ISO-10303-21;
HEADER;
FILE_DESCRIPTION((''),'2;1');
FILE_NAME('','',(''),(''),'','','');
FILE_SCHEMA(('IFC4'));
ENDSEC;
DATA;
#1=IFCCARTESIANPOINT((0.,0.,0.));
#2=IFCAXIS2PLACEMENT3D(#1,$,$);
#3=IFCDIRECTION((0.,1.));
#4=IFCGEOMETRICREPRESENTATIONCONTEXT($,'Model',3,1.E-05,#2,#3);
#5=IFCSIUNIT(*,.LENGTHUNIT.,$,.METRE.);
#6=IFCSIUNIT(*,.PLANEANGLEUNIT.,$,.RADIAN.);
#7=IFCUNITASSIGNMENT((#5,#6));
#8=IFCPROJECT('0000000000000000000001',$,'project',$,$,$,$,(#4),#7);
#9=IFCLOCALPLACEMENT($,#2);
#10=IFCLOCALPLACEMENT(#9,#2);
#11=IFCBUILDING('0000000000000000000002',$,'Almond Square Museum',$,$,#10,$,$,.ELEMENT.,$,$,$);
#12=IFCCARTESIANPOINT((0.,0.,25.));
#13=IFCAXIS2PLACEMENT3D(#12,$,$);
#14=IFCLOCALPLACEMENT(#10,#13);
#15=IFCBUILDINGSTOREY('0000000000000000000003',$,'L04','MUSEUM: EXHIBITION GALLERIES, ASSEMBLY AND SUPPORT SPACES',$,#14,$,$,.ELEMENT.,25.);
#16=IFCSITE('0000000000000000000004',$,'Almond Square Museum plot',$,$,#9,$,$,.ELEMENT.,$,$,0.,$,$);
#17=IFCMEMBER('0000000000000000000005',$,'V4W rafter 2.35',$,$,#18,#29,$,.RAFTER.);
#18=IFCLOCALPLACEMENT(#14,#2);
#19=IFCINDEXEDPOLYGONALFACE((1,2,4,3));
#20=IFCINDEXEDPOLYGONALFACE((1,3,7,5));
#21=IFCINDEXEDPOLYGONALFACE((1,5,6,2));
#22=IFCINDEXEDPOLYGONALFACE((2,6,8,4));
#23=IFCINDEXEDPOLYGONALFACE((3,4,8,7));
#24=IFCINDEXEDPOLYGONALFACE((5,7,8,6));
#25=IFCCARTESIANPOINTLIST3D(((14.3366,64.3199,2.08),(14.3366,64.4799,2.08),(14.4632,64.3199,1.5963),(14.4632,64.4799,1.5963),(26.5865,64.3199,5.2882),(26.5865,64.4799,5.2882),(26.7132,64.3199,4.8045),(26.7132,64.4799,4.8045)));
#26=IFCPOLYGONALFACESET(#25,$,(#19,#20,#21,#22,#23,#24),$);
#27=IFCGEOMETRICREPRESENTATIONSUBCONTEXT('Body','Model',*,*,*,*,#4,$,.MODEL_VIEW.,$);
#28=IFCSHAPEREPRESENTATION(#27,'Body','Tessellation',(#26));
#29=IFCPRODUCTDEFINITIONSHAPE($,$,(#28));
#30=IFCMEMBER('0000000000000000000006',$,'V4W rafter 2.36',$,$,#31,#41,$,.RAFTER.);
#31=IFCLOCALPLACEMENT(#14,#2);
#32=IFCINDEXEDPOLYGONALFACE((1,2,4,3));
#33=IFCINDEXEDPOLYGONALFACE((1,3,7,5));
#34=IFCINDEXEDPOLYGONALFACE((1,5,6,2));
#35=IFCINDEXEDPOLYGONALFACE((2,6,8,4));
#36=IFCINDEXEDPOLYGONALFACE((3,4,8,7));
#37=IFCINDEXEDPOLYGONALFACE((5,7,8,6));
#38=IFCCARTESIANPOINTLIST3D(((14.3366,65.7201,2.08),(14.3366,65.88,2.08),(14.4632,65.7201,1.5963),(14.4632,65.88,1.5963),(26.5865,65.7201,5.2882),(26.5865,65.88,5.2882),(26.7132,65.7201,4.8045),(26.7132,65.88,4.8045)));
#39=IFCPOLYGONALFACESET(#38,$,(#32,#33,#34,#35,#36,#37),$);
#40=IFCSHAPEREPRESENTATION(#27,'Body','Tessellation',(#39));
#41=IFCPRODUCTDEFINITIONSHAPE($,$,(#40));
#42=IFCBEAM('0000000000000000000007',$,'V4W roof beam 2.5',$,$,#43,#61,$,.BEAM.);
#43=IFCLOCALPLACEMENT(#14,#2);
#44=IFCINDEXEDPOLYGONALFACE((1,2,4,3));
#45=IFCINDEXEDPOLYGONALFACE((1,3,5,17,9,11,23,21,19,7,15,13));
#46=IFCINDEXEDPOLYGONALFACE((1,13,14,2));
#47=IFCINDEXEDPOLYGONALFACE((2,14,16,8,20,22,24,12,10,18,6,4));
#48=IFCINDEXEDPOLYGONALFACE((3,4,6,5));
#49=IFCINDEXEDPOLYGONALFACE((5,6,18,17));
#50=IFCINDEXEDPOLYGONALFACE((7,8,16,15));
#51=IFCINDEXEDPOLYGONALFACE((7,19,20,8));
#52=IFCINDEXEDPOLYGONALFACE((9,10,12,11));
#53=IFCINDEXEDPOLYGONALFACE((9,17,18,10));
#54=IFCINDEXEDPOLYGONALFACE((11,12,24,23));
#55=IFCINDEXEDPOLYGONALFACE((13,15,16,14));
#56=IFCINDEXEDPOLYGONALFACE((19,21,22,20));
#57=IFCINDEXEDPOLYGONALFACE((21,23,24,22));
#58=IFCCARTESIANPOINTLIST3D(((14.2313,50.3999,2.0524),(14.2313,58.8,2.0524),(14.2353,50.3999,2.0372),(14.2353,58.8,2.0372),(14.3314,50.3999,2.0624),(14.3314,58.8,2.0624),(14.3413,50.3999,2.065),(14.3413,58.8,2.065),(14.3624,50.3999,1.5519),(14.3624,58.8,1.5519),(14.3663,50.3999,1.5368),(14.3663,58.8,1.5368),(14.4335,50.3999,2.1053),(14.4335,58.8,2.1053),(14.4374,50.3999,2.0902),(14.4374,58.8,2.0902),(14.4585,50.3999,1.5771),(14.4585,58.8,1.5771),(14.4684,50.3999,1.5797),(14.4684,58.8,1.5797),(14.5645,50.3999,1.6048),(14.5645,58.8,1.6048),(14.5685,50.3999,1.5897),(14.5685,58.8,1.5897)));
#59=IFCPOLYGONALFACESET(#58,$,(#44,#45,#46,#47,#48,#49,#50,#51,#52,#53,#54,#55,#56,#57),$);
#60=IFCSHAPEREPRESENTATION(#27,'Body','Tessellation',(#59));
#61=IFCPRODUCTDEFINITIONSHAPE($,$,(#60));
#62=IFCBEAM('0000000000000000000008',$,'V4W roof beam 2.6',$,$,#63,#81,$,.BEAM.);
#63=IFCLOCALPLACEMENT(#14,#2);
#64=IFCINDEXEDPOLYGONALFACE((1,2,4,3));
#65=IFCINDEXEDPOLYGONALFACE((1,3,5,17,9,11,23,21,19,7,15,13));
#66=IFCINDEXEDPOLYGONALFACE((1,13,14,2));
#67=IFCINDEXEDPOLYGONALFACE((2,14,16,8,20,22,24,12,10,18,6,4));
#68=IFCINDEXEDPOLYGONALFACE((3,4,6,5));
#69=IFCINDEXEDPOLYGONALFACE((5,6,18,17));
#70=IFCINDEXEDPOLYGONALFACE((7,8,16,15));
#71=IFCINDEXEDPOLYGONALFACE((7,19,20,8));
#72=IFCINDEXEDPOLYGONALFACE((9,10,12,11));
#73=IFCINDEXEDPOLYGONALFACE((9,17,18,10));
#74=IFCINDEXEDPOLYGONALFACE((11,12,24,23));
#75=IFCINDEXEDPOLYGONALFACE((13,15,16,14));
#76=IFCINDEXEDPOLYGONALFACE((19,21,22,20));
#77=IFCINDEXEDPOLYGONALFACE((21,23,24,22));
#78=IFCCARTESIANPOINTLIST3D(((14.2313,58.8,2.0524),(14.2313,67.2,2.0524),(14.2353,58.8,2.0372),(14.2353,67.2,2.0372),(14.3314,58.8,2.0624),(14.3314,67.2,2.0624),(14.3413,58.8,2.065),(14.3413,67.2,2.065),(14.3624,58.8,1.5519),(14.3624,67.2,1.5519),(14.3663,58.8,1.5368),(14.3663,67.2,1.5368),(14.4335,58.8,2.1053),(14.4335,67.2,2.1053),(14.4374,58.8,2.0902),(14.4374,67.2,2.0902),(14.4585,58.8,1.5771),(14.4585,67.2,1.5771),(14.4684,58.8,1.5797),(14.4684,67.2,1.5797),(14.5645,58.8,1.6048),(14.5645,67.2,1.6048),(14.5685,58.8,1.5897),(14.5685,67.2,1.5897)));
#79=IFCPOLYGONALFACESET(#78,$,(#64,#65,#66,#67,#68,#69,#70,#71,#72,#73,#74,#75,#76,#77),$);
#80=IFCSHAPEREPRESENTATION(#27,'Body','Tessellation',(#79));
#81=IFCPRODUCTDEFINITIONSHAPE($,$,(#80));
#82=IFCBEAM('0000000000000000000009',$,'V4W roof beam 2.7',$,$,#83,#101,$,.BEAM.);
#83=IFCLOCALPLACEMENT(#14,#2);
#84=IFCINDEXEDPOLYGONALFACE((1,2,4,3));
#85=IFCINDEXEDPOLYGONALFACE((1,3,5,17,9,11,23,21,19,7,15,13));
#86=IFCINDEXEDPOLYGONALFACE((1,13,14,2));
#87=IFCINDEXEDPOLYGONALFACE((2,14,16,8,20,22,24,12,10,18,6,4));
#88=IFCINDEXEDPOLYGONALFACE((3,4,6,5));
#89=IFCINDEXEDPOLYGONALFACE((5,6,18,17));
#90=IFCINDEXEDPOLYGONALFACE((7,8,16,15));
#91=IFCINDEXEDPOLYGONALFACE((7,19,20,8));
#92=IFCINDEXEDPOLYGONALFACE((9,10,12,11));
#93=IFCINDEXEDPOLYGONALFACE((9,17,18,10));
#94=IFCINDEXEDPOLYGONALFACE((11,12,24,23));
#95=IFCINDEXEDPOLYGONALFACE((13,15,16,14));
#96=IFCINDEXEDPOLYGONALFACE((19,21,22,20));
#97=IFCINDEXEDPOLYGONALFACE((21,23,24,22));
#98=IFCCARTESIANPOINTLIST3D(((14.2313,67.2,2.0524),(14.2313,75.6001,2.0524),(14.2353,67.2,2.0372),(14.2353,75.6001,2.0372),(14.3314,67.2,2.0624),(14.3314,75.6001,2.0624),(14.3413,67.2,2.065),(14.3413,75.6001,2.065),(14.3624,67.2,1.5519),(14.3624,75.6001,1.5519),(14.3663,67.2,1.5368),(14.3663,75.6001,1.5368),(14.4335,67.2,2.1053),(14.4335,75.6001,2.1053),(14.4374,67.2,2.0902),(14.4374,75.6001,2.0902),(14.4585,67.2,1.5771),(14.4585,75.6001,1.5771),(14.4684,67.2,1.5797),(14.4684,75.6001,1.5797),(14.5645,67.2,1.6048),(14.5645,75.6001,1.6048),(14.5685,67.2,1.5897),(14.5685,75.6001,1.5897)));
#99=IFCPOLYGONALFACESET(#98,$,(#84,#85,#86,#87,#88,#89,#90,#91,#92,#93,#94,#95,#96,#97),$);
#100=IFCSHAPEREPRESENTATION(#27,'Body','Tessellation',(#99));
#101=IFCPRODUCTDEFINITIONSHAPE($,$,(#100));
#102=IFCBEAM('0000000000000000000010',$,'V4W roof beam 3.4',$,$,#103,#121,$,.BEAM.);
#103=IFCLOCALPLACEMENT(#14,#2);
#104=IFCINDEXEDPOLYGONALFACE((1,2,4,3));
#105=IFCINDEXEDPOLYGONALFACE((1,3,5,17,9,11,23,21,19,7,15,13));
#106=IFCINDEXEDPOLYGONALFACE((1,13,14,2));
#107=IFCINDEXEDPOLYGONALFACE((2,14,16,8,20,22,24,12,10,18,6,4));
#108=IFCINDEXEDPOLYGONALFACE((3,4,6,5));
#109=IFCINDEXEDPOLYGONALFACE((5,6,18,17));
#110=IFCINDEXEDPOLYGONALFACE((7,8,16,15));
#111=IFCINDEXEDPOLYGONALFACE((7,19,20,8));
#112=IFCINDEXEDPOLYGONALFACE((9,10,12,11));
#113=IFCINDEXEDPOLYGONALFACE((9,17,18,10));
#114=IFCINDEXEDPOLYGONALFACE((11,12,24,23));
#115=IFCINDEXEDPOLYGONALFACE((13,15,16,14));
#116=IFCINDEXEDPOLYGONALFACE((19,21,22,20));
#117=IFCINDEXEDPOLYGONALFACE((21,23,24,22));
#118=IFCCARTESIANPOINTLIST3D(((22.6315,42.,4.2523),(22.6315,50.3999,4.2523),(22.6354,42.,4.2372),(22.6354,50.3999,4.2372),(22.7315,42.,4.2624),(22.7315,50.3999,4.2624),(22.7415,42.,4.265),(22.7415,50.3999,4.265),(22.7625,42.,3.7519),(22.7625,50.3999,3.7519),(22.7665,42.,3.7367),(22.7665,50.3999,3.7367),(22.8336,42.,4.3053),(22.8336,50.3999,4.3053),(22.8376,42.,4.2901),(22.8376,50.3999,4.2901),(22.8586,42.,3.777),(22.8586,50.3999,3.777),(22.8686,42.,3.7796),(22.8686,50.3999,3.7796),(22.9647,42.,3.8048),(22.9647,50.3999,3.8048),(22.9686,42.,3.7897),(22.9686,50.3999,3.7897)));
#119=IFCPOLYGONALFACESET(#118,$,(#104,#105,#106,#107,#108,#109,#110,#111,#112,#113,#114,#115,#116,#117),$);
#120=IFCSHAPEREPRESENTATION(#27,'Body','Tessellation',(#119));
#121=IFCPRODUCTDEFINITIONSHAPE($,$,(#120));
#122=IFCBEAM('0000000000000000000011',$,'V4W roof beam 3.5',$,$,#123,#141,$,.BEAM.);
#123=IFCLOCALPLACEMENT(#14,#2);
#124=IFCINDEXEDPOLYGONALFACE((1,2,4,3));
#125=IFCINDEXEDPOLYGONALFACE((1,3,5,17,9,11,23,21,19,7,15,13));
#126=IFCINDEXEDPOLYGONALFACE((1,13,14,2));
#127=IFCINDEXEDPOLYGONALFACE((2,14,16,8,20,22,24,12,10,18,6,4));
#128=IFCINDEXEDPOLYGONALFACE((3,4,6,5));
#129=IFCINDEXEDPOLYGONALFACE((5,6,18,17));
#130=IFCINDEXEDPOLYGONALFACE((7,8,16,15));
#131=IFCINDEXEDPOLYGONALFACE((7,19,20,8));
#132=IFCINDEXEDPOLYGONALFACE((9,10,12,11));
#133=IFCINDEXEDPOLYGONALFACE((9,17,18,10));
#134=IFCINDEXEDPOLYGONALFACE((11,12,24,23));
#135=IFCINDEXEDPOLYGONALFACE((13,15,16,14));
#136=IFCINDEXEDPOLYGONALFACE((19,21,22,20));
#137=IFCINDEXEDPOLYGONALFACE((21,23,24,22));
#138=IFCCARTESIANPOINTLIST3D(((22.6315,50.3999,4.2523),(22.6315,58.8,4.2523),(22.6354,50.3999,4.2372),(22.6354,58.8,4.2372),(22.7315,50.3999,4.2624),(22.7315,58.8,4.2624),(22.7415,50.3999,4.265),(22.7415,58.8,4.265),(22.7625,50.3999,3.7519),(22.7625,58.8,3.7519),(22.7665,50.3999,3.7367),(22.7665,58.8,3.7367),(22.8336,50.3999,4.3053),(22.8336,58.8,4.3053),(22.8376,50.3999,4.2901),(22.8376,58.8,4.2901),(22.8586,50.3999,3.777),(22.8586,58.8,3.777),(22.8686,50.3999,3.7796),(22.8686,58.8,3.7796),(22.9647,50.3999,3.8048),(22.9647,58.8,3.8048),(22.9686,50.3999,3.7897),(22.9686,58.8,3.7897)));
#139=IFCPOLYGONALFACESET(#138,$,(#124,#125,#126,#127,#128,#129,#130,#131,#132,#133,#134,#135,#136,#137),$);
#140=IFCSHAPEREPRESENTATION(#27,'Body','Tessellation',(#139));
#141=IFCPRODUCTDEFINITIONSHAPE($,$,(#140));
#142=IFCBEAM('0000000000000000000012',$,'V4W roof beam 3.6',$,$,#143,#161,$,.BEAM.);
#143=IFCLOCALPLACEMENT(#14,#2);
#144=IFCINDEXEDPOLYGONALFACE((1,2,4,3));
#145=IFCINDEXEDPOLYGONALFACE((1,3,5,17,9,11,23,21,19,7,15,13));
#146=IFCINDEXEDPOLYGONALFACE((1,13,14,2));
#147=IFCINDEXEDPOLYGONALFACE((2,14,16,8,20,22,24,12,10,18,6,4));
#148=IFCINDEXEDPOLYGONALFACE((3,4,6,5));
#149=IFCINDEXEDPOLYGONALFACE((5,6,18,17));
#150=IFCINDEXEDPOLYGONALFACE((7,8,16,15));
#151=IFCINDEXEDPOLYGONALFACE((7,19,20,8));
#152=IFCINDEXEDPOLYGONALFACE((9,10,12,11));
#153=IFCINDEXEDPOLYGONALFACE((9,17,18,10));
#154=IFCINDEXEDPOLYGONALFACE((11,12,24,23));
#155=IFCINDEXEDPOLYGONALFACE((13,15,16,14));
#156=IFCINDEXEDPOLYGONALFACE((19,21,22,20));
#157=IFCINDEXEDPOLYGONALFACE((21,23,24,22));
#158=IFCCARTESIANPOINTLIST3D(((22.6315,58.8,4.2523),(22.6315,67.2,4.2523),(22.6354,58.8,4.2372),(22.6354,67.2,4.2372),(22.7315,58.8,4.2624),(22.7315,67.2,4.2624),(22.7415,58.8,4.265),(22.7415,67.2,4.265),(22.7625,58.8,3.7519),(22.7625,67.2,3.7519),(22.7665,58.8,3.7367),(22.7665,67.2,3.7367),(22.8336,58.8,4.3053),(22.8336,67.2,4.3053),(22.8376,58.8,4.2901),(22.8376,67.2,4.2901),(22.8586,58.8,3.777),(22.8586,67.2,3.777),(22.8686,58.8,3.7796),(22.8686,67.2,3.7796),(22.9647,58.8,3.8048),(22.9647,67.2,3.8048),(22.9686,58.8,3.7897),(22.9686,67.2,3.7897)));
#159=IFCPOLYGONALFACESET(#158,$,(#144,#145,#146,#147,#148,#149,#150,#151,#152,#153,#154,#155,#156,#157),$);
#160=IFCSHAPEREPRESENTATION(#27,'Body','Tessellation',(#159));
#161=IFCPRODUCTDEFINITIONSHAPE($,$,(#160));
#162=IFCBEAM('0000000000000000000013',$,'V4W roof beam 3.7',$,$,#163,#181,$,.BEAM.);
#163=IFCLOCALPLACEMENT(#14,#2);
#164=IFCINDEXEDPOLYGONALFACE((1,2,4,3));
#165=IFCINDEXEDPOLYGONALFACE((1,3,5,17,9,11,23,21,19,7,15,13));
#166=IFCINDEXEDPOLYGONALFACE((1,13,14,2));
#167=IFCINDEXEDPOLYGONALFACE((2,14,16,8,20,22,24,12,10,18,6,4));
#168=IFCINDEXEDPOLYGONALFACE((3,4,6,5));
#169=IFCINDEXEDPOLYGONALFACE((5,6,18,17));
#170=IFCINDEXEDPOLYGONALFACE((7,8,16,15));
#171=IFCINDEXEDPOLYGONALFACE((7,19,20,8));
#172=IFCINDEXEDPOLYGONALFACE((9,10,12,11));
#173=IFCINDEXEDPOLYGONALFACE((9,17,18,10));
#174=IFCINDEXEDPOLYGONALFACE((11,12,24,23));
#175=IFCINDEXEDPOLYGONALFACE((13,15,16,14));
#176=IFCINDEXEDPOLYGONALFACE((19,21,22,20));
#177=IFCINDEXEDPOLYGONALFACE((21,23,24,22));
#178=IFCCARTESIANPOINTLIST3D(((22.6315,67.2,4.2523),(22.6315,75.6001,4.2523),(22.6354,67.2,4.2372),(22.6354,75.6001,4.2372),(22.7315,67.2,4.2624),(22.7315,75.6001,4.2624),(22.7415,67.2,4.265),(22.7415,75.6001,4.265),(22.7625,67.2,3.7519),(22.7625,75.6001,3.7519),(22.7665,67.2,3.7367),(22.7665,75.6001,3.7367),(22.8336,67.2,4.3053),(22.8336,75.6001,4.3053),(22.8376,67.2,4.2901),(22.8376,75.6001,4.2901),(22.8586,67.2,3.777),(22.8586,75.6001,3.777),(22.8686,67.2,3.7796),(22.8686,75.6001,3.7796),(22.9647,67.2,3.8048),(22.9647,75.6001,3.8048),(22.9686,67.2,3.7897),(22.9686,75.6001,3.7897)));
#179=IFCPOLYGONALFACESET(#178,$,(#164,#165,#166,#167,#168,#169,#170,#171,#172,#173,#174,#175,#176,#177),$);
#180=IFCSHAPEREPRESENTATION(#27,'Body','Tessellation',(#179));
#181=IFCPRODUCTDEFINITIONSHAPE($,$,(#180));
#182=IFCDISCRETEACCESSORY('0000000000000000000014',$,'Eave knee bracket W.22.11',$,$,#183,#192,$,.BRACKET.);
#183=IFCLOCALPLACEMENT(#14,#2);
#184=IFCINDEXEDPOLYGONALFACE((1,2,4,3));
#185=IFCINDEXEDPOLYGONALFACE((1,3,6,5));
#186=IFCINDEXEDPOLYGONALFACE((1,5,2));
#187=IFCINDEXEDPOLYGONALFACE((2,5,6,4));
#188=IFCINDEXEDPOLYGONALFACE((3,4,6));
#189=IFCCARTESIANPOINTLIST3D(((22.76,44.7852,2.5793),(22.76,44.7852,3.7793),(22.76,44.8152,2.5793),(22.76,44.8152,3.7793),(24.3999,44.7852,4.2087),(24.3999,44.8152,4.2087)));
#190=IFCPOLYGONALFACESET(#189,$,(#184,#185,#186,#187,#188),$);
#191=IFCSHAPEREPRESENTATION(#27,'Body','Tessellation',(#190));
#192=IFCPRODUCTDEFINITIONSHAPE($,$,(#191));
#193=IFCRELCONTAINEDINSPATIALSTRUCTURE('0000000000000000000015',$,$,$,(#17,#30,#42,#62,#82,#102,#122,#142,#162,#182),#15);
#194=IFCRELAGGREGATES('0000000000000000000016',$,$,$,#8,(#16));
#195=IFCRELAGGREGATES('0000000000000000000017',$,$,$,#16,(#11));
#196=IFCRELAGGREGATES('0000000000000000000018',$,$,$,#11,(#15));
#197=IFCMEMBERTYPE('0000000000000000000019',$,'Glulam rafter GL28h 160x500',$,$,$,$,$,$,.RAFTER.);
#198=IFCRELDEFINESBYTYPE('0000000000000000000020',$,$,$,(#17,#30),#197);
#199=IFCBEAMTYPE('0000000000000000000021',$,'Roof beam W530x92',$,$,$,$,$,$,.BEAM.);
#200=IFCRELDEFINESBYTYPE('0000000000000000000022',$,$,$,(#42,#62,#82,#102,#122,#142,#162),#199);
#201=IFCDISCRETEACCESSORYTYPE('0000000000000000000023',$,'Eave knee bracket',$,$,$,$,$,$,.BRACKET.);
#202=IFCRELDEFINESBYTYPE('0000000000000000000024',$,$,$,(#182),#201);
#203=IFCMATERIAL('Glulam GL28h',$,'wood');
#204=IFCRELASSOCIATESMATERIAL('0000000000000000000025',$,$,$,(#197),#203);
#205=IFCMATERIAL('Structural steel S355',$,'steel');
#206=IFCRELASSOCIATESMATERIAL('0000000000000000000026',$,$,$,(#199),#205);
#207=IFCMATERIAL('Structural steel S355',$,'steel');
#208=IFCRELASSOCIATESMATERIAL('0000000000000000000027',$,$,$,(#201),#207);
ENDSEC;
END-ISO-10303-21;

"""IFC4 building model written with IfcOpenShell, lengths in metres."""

from ifc_helpers import new_model, si_unit, direction, frame, origin, origin_2d, place, context, subcontext, project, spatial, polyline, rectangle, i_section, outline, extrude, material, material_profile, profile_set, type_object, element, save


model = new_model("IFC4")

# Units and contexts
model_context = context("Model", 3, precision=1e-05, world=origin(), true_north=direction((0.0, 1.0)))
body_context = subcontext(model_context, "Body", "Model", "MODEL_VIEW")
ifc_project = project(units=[si_unit("LENGTHUNIT", "METRE"), si_unit("PLANEANGLEUNIT", "RADIAN")], contexts=[model_context])

# Site, building, storey
site_placement = place(None, origin())
site = spatial("IfcSite", under=ifc_project, at=site_placement, Name="Almond Square Museum plot", CompositionType="ELEMENT", RefElevation=0.0)
building_placement = place(site_placement, origin())
building = spatial("IfcBuilding", under=site, at=building_placement, Name="Almond Square Museum", CompositionType="ELEMENT")
storey_placement = place(building_placement, frame((0.0, 0.0, 25.0)))
storey = spatial("IfcBuildingStorey", under=building, at=storey_placement, Name="L04", Description="MUSEUM: EXHIBITION GALLERIES, ASSEMBLY AND SUPPORT SPACES", CompositionType="ELEMENT", Elevation=25.0)

# Members
ifc_material_1 = material(Name="Glulam GL28h", Category="wood")
ifc_material_profile_1 = material_profile(ifc_material_1, rectangle(XDim=0.1599, YDim=0.5, at=origin_2d()))
ifc_profile_set_1 = profile_set([ifc_material_profile_1], Name="Glulam GL28h")
member_type = type_object("IfcMemberType", Name="Glulam rafter GL28h 160x500", PredefinedType="RAFTER", material=ifc_profile_set_1)
for number, where, z_axis, x_axis, name in (
    (1, (14.3999, 64.3999, 1.8381), (0.967374, 0.0, 0.253353), (0.0, 1.0, 0.0), "V4W rafter 2.35"),
    (2, (14.3999, 65.8, 1.8381), (0.967374, 0.0, 0.253353), (0.0, 1.0, 0.0), "V4W rafter 2.36"),
):
    element("IfcMember", number, at=place(storey_placement, frame(where, z_axis=z_axis, x_axis=x_axis)), inside=storey, type_object=member_type, Name=name, PredefinedType="RAFTER", context=body_context, shape_type="SweptSolid", body=[
        extrude(rectangle(XDim=0.1599, YDim=0.5, at=origin_2d()), origin(), (0.0, 0.0, 1.0), 12.6631),
    ])

# Beams
ifc_material_2 = material(Name="Structural steel S355", Category="steel")
ifc_material_profile_2 = material_profile(ifc_material_2, i_section(OverallWidth=0.209, OverallDepth=0.533, WebThickness=0.0103, FlangeThickness=0.0156, at=origin_2d()))
ifc_profile_set_2 = profile_set([ifc_material_profile_2], Name="Structural steel S355")
beam_type = type_object("IfcBeamType", Name="Roof beam W530x92", PredefinedType="BEAM", material=ifc_profile_set_2)
beam_1_placement = place(storey_placement, frame((14.3999, 50.3999, 1.821), z_axis=(0.0, 1.0, 0.0), x_axis=(-0.967372, 0.0, -0.25336)))
element("IfcBeam", 3, at=beam_1_placement, inside=storey, type_object=beam_type, Name="V4W roof beam 2.5", PredefinedType="BEAM", context=body_context, shape_type="SweptSolid", body=[
    extrude(i_section(OverallWidth=0.209, OverallDepth=0.533, WebThickness=0.0103, FlangeThickness=0.0156, at=origin_2d()), origin(), (0.0, 0.0, 1.0), 8.4001),
])
beam_2_placement = place(storey_placement, frame((14.3999, 58.8, 1.821), z_axis=(0.0, 1.0, 0.0), x_axis=(-0.967372, 0.0, -0.25336)))
element("IfcBeam", 4, at=beam_2_placement, inside=storey, type_object=beam_type, Name="V4W roof beam 2.6", PredefinedType="BEAM", context=body_context, shape_type="SweptSolid", body=[
    extrude(i_section(OverallWidth=0.209, OverallDepth=0.533, WebThickness=0.0103, FlangeThickness=0.0156, at=origin_2d()), origin(), (0.0, 0.0, 1.0), 8.3999),
])
beam_3_placement = place(storey_placement, frame((14.3999, 67.2, 1.821), z_axis=(0.0, 1.0, 0.0), x_axis=(-0.967372, 0.0, -0.25336)))
element("IfcBeam", 5, at=beam_3_placement, inside=storey, type_object=beam_type, Name="V4W roof beam 2.7", PredefinedType="BEAM", context=body_context, shape_type="SweptSolid", body=[
    extrude(i_section(OverallWidth=0.209, OverallDepth=0.533, WebThickness=0.0103, FlangeThickness=0.0156, at=origin_2d()), origin(), (0.0, 0.0, 1.0), 8.4001),
])
beam_4_placement = place(storey_placement, frame((22.8, 42.0, 4.021), z_axis=(0.0, 1.0, 0.0), x_axis=(-0.967372, 0.0, -0.25336)))
element("IfcBeam", 6, at=beam_4_placement, inside=storey, type_object=beam_type, Name="V4W roof beam 3.4", PredefinedType="BEAM", context=body_context, shape_type="SweptSolid", body=[
    extrude(i_section(OverallWidth=0.209, OverallDepth=0.533, WebThickness=0.0103, FlangeThickness=0.0156, at=origin_2d()), origin(), (0.0, 0.0, 1.0), 8.3999),
])
beam_5_placement = place(storey_placement, frame((22.8, 50.3999, 4.021), z_axis=(0.0, 1.0, 0.0), x_axis=(-0.967372, 0.0, -0.25336)))
element("IfcBeam", 7, at=beam_5_placement, inside=storey, type_object=beam_type, Name="V4W roof beam 3.5", PredefinedType="BEAM", context=body_context, shape_type="SweptSolid", body=[
    extrude(i_section(OverallWidth=0.209, OverallDepth=0.533, WebThickness=0.0103, FlangeThickness=0.0156, at=origin_2d()), origin(), (0.0, 0.0, 1.0), 8.4001),
])
beam_6_placement = place(storey_placement, frame((22.8, 58.8, 4.021), z_axis=(0.0, 1.0, 0.0), x_axis=(-0.967372, 0.0, -0.25336)))
element("IfcBeam", 8, at=beam_6_placement, inside=storey, type_object=beam_type, Name="V4W roof beam 3.6", PredefinedType="BEAM", context=body_context, shape_type="SweptSolid", body=[
    extrude(i_section(OverallWidth=0.209, OverallDepth=0.533, WebThickness=0.0103, FlangeThickness=0.0156, at=origin_2d()), origin(), (0.0, 0.0, 1.0), 8.3999),
])
beam_7_placement = place(storey_placement, frame((22.8, 67.2, 4.021), z_axis=(0.0, 1.0, 0.0), x_axis=(-0.967372, 0.0, -0.25336)))
element("IfcBeam", 9, at=beam_7_placement, inside=storey, type_object=beam_type, Name="V4W roof beam 3.7", PredefinedType="BEAM", context=body_context, shape_type="SweptSolid", body=[
    extrude(i_section(OverallWidth=0.209, OverallDepth=0.533, WebThickness=0.0103, FlangeThickness=0.0156, at=origin_2d()), origin(), (0.0, 0.0, 1.0), 8.4001),
])

# Discrete accessory
ifc_material_3 = material(Name="Structural steel S355", Category="steel")
discrete_accessory_type = type_object("IfcDiscreteAccessoryType", Name="Eave knee bracket", PredefinedType="BRACKET", material=ifc_material_3)
for number, where, z_axis, x_axis, name in (
    (10, (22.76, 44.8, 3.7793), (0.0, -1.0, 0.0), (0.0, 0.0, -1.0), "Eave knee bracket W.22.11"),
):
    element("IfcDiscreteAccessory", number, at=place(storey_placement, frame(where, z_axis=z_axis, x_axis=x_axis)), inside=storey, type_object=discrete_accessory_type, Name=name, PredefinedType="BRACKET", context=body_context, shape_type="SweptSolid", body=[
        extrude(outline(polyline([(0.0, 0.0), (1.2, 0.0), (-0.4294, 1.6399), (0.0, 0.0)])), frame((0.0, 0.0, -0.0151)), (0.0, 0.0, 1.0), 0.03),
    ])

save(model, "model.ifc")
